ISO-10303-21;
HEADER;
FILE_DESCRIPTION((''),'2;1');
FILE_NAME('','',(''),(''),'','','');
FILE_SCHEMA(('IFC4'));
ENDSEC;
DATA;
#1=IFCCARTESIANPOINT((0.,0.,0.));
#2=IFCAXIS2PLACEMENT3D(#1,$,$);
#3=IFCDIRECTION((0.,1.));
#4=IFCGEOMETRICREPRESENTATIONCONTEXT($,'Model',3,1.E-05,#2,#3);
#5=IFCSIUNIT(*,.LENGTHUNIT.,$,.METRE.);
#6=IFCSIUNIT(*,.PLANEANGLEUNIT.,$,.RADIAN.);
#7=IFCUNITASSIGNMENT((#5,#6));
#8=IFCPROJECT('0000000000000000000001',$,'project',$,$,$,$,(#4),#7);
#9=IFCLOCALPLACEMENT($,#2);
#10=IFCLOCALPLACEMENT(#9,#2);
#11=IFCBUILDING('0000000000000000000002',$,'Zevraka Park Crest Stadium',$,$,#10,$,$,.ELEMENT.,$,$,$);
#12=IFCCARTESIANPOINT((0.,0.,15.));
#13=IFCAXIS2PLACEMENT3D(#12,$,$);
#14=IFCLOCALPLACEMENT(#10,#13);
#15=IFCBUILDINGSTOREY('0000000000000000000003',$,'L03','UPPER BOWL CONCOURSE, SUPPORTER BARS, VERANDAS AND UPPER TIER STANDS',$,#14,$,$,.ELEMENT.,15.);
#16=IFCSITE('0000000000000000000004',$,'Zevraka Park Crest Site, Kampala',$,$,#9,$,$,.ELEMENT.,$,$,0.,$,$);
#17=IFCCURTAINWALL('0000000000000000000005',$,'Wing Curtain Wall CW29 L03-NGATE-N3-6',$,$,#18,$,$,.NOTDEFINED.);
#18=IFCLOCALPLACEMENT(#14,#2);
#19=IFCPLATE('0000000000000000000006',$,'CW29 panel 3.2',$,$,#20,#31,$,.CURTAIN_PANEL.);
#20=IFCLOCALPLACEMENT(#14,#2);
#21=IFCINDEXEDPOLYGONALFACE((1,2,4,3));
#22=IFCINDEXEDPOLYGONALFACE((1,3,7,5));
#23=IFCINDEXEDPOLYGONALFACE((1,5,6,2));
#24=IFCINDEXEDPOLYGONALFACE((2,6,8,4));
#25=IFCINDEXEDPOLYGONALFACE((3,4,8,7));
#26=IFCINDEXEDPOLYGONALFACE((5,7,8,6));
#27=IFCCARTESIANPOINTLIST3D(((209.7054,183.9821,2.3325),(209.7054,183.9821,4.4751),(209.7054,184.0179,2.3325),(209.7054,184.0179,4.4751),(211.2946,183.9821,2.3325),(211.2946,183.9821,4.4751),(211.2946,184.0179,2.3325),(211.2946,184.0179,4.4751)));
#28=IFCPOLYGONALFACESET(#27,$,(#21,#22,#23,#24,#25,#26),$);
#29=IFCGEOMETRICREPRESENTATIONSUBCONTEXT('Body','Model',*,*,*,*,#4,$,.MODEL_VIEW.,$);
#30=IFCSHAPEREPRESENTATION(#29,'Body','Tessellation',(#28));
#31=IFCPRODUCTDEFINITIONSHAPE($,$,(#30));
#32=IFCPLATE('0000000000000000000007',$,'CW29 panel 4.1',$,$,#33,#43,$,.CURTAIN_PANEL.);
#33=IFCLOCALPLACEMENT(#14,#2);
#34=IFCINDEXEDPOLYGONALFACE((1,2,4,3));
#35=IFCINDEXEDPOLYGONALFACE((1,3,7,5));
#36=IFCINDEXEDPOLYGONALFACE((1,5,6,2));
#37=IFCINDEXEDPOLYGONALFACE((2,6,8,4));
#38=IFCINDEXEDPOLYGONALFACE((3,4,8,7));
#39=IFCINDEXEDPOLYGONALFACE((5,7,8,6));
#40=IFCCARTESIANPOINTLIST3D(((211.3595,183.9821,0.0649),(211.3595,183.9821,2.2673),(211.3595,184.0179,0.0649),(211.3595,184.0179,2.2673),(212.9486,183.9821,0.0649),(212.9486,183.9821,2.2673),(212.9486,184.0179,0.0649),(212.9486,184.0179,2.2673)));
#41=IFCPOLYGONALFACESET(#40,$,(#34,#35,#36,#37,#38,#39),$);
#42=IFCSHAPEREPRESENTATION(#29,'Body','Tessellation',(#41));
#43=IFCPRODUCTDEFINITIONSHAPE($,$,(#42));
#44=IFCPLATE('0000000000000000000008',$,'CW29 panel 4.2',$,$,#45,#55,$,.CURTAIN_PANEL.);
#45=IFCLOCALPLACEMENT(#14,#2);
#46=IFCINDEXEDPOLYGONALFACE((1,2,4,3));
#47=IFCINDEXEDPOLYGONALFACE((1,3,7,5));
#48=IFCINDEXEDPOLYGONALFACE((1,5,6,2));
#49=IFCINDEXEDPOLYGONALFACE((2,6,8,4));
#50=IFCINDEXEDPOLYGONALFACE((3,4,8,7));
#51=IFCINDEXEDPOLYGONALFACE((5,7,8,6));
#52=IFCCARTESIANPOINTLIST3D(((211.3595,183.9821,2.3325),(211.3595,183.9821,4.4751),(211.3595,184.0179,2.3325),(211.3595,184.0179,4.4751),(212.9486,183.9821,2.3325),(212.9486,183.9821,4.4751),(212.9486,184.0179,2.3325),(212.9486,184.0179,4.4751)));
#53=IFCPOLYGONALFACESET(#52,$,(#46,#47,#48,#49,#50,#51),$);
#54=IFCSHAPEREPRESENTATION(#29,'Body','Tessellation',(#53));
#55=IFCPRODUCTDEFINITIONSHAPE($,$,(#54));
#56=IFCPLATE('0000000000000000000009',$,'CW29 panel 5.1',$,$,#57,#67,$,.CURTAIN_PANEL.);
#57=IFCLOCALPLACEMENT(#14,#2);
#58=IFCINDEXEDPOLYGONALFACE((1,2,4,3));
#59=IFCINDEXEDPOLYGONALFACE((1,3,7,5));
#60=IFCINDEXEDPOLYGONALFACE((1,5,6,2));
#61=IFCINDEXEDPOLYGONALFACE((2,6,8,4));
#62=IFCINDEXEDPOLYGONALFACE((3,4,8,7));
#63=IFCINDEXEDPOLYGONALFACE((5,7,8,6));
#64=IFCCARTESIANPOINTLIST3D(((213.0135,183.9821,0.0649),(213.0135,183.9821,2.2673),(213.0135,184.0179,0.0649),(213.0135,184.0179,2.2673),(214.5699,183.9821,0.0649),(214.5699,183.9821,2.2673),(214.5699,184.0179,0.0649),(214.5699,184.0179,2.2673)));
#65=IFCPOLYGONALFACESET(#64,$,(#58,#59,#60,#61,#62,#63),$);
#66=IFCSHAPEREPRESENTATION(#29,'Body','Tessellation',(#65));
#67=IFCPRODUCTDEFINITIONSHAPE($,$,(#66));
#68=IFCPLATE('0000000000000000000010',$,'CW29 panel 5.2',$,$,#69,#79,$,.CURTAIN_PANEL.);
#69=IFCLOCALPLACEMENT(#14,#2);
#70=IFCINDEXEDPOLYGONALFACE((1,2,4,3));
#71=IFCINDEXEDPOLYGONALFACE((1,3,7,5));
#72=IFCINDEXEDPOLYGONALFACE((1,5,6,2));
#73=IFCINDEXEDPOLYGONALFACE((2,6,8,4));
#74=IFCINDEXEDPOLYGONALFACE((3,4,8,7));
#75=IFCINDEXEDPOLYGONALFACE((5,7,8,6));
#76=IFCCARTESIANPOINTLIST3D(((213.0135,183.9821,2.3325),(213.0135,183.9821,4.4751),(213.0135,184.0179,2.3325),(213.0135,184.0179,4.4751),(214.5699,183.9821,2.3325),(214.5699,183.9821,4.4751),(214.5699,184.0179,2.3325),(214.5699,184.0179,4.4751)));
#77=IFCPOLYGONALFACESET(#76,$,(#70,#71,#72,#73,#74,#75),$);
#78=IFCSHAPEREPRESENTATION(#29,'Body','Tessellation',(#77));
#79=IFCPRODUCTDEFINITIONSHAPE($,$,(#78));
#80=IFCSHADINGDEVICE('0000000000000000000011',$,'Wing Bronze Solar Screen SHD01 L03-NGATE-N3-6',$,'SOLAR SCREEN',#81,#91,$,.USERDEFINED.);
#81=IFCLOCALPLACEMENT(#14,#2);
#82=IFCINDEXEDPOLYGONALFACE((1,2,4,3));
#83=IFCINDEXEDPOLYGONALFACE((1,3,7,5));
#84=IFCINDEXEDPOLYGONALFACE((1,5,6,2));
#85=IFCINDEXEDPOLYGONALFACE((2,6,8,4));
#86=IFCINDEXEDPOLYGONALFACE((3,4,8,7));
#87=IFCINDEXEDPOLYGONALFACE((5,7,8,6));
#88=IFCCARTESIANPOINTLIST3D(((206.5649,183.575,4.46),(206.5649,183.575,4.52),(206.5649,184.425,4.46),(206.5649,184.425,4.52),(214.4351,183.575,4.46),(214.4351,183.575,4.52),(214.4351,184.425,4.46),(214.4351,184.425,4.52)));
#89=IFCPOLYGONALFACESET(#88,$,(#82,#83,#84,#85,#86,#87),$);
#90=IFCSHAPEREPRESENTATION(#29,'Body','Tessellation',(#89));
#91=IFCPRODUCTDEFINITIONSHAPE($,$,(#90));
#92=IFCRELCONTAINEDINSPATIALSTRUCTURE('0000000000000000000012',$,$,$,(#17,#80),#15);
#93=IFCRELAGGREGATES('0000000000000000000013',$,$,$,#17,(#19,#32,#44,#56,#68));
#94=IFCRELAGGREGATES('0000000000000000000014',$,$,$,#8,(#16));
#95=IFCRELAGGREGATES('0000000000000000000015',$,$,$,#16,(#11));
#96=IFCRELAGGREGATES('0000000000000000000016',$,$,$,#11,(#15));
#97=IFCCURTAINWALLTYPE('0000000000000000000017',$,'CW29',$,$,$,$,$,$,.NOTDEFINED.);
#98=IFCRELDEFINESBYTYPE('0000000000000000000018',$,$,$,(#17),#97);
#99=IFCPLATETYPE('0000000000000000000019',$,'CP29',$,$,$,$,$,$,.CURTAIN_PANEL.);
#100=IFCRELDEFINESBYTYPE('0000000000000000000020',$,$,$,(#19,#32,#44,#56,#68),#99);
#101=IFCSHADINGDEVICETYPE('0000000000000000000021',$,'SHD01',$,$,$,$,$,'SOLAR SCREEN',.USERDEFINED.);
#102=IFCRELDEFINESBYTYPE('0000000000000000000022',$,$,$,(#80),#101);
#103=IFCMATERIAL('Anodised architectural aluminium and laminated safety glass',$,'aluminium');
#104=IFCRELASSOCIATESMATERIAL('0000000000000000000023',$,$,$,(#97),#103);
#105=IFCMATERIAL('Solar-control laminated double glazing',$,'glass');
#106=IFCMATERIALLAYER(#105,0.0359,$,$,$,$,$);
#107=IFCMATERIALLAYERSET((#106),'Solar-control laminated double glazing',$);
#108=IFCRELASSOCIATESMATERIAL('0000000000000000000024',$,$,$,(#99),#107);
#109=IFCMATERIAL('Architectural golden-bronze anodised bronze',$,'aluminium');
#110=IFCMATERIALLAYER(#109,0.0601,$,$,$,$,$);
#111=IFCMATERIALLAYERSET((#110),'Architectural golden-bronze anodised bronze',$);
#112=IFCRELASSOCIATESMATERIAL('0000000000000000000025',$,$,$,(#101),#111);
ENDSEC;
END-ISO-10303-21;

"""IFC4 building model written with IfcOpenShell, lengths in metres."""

from ifc_helpers import new_model, si_unit, direction, frame, origin, origin_2d, place, context, subcontext, project, spatial, rectangle, extrude, material, layer, layer_set, type_object, element, aggregate, save


model = new_model("IFC4")

# Units and contexts
model_context = context("Model", 3, precision=1e-05, world=origin(), true_north=direction((0.0, 1.0)))
body_context = subcontext(model_context, "Body", "Model", "MODEL_VIEW")
ifc_project = project(units=[si_unit("LENGTHUNIT", "METRE"), si_unit("PLANEANGLEUNIT", "RADIAN")], contexts=[model_context])

# Site, building, storey
site_placement = place(None, origin())
site = spatial("IfcSite", under=ifc_project, at=site_placement, Name="Zevraka Park Crest Site, Kampala", CompositionType="ELEMENT", RefElevation=0.0)
building_placement = place(site_placement, origin())
building = spatial("IfcBuilding", under=site, at=building_placement, Name="Zevraka Park Crest Stadium", CompositionType="ELEMENT")
storey_placement = place(building_placement, frame((0.0, 0.0, 15.0)))
storey = spatial("IfcBuildingStorey", under=building, at=storey_placement, Name="L03", Description="UPPER BOWL CONCOURSE, SUPPORTER BARS, VERANDAS AND UPPER TIER STANDS", CompositionType="ELEMENT", Elevation=15.0)

# Curtain wall
ifc_material_1 = material(Name="Anodised architectural aluminium and laminated safety glass", Category="aluminium")
curtain_wall_type_1 = type_object("IfcCurtainWallType", Name="CW29", PredefinedType="NOTDEFINED", material=ifc_material_1)
curtain_wall_1_placement = place(storey_placement, origin())
curtain_wall_1 = element("IfcCurtainWall", 1, at=curtain_wall_1_placement, inside=storey, type_object=curtain_wall_type_1, Name="Wing Curtain Wall CW29 L03-NGATE-N3-6", PredefinedType="NOTDEFINED")

# Plates
ifc_material_2 = material(Name="Solar-control laminated double glazing", Category="glass")
ifc_layer_1 = layer(ifc_material_2, 0.0359)
ifc_layer_set_1 = layer_set([ifc_layer_1], Name="Solar-control laminated double glazing")
plate_type = type_object("IfcPlateType", Name="CP29", PredefinedType="CURTAIN_PANEL", material=ifc_layer_set_1)
plate_1_placement = place(storey_placement, frame((210.5, 184.0, 2.3325), z_axis=(0.0, 0.0, 1.0), x_axis=(1.0, 0.0, 0.0)))
plate_1 = element("IfcPlate", 2, at=plate_1_placement, type_object=plate_type, Name="CW29 panel 3.2", PredefinedType="CURTAIN_PANEL", context=body_context, shape_type="SweptSolid", body=[
    extrude(rectangle(XDim=1.5891, YDim=0.0359, at=origin_2d()), origin(), (0.0, 0.0, 1.0), 2.1426),
])
plate_2_placement = place(storey_placement, frame((212.1541, 184.0, 0.0649), z_axis=(0.0, 0.0, 1.0), x_axis=(1.0, 0.0, 0.0)))
plate_2 = element("IfcPlate", 3, at=plate_2_placement, type_object=plate_type, Name="CW29 panel 4.1", PredefinedType="CURTAIN_PANEL", context=body_context, shape_type="SweptSolid", body=[
    extrude(rectangle(XDim=1.5891, YDim=0.0359, at=origin_2d()), origin(), (0.0, 0.0, 1.0), 2.2024),
])
plate_3_placement = place(storey_placement, frame((212.1541, 184.0, 2.3325), z_axis=(0.0, 0.0, 1.0), x_axis=(1.0, 0.0, 0.0)))
plate_3 = element("IfcPlate", 4, at=plate_3_placement, type_object=plate_type, Name="CW29 panel 4.2", PredefinedType="CURTAIN_PANEL", context=body_context, shape_type="SweptSolid", body=[
    extrude(rectangle(XDim=1.5891, YDim=0.0359, at=origin_2d()), origin(), (0.0, 0.0, 1.0), 2.1426),
])
plate_4_placement = place(storey_placement, frame((213.7917, 184.0, 0.0649), z_axis=(0.0, 0.0, 1.0), x_axis=(1.0, 0.0, 0.0)))
plate_4 = element("IfcPlate", 5, at=plate_4_placement, type_object=plate_type, Name="CW29 panel 5.1", PredefinedType="CURTAIN_PANEL", context=body_context, shape_type="SweptSolid", body=[
    extrude(rectangle(XDim=1.5564, YDim=0.0359, at=origin_2d()), origin(), (0.0, 0.0, 1.0), 2.2024),
])
plate_5_placement = place(storey_placement, frame((213.7917, 184.0, 2.3325), z_axis=(0.0, 0.0, 1.0), x_axis=(1.0, 0.0, 0.0)))
plate_5 = element("IfcPlate", 6, at=plate_5_placement, type_object=plate_type, Name="CW29 panel 5.2", PredefinedType="CURTAIN_PANEL", context=body_context, shape_type="SweptSolid", body=[
    extrude(rectangle(XDim=1.5564, YDim=0.0359, at=origin_2d()), origin(), (0.0, 0.0, 1.0), 2.1426),
])
aggregate(curtain_wall_1, [plate_1, plate_2, plate_3, plate_4, plate_5])

# Shading device
ifc_material_3 = material(Name="Architectural golden-bronze anodised bronze", Category="aluminium")
ifc_layer_2 = layer(ifc_material_3, 0.0601)
ifc_layer_set_2 = layer_set([ifc_layer_2], Name="Architectural golden-bronze anodised bronze")
shading_device_type = type_object("IfcShadingDeviceType", Name="SHD01", ElementType="SOLAR SCREEN", PredefinedType="USERDEFINED", material=ifc_layer_set_2)
shading_device_placement = place(storey_placement, frame((210.5, 184.0, 4.46), z_axis=(0.0, 0.0, 1.0), x_axis=(1.0, 0.0, 0.0)))
element("IfcShadingDevice", 7, at=shading_device_placement, inside=storey, type_object=shading_device_type, Name="Wing Bronze Solar Screen SHD01 L03-NGATE-N3-6", ObjectType="SOLAR SCREEN", PredefinedType="USERDEFINED", context=body_context, shape_type="SweptSolid", body=[
    extrude(rectangle(XDim=7.8701, YDim=0.8501, at=origin_2d()), origin(), (0.0, 0.0, 1.0), 0.0601),
])

save(model, "model.ifc")
